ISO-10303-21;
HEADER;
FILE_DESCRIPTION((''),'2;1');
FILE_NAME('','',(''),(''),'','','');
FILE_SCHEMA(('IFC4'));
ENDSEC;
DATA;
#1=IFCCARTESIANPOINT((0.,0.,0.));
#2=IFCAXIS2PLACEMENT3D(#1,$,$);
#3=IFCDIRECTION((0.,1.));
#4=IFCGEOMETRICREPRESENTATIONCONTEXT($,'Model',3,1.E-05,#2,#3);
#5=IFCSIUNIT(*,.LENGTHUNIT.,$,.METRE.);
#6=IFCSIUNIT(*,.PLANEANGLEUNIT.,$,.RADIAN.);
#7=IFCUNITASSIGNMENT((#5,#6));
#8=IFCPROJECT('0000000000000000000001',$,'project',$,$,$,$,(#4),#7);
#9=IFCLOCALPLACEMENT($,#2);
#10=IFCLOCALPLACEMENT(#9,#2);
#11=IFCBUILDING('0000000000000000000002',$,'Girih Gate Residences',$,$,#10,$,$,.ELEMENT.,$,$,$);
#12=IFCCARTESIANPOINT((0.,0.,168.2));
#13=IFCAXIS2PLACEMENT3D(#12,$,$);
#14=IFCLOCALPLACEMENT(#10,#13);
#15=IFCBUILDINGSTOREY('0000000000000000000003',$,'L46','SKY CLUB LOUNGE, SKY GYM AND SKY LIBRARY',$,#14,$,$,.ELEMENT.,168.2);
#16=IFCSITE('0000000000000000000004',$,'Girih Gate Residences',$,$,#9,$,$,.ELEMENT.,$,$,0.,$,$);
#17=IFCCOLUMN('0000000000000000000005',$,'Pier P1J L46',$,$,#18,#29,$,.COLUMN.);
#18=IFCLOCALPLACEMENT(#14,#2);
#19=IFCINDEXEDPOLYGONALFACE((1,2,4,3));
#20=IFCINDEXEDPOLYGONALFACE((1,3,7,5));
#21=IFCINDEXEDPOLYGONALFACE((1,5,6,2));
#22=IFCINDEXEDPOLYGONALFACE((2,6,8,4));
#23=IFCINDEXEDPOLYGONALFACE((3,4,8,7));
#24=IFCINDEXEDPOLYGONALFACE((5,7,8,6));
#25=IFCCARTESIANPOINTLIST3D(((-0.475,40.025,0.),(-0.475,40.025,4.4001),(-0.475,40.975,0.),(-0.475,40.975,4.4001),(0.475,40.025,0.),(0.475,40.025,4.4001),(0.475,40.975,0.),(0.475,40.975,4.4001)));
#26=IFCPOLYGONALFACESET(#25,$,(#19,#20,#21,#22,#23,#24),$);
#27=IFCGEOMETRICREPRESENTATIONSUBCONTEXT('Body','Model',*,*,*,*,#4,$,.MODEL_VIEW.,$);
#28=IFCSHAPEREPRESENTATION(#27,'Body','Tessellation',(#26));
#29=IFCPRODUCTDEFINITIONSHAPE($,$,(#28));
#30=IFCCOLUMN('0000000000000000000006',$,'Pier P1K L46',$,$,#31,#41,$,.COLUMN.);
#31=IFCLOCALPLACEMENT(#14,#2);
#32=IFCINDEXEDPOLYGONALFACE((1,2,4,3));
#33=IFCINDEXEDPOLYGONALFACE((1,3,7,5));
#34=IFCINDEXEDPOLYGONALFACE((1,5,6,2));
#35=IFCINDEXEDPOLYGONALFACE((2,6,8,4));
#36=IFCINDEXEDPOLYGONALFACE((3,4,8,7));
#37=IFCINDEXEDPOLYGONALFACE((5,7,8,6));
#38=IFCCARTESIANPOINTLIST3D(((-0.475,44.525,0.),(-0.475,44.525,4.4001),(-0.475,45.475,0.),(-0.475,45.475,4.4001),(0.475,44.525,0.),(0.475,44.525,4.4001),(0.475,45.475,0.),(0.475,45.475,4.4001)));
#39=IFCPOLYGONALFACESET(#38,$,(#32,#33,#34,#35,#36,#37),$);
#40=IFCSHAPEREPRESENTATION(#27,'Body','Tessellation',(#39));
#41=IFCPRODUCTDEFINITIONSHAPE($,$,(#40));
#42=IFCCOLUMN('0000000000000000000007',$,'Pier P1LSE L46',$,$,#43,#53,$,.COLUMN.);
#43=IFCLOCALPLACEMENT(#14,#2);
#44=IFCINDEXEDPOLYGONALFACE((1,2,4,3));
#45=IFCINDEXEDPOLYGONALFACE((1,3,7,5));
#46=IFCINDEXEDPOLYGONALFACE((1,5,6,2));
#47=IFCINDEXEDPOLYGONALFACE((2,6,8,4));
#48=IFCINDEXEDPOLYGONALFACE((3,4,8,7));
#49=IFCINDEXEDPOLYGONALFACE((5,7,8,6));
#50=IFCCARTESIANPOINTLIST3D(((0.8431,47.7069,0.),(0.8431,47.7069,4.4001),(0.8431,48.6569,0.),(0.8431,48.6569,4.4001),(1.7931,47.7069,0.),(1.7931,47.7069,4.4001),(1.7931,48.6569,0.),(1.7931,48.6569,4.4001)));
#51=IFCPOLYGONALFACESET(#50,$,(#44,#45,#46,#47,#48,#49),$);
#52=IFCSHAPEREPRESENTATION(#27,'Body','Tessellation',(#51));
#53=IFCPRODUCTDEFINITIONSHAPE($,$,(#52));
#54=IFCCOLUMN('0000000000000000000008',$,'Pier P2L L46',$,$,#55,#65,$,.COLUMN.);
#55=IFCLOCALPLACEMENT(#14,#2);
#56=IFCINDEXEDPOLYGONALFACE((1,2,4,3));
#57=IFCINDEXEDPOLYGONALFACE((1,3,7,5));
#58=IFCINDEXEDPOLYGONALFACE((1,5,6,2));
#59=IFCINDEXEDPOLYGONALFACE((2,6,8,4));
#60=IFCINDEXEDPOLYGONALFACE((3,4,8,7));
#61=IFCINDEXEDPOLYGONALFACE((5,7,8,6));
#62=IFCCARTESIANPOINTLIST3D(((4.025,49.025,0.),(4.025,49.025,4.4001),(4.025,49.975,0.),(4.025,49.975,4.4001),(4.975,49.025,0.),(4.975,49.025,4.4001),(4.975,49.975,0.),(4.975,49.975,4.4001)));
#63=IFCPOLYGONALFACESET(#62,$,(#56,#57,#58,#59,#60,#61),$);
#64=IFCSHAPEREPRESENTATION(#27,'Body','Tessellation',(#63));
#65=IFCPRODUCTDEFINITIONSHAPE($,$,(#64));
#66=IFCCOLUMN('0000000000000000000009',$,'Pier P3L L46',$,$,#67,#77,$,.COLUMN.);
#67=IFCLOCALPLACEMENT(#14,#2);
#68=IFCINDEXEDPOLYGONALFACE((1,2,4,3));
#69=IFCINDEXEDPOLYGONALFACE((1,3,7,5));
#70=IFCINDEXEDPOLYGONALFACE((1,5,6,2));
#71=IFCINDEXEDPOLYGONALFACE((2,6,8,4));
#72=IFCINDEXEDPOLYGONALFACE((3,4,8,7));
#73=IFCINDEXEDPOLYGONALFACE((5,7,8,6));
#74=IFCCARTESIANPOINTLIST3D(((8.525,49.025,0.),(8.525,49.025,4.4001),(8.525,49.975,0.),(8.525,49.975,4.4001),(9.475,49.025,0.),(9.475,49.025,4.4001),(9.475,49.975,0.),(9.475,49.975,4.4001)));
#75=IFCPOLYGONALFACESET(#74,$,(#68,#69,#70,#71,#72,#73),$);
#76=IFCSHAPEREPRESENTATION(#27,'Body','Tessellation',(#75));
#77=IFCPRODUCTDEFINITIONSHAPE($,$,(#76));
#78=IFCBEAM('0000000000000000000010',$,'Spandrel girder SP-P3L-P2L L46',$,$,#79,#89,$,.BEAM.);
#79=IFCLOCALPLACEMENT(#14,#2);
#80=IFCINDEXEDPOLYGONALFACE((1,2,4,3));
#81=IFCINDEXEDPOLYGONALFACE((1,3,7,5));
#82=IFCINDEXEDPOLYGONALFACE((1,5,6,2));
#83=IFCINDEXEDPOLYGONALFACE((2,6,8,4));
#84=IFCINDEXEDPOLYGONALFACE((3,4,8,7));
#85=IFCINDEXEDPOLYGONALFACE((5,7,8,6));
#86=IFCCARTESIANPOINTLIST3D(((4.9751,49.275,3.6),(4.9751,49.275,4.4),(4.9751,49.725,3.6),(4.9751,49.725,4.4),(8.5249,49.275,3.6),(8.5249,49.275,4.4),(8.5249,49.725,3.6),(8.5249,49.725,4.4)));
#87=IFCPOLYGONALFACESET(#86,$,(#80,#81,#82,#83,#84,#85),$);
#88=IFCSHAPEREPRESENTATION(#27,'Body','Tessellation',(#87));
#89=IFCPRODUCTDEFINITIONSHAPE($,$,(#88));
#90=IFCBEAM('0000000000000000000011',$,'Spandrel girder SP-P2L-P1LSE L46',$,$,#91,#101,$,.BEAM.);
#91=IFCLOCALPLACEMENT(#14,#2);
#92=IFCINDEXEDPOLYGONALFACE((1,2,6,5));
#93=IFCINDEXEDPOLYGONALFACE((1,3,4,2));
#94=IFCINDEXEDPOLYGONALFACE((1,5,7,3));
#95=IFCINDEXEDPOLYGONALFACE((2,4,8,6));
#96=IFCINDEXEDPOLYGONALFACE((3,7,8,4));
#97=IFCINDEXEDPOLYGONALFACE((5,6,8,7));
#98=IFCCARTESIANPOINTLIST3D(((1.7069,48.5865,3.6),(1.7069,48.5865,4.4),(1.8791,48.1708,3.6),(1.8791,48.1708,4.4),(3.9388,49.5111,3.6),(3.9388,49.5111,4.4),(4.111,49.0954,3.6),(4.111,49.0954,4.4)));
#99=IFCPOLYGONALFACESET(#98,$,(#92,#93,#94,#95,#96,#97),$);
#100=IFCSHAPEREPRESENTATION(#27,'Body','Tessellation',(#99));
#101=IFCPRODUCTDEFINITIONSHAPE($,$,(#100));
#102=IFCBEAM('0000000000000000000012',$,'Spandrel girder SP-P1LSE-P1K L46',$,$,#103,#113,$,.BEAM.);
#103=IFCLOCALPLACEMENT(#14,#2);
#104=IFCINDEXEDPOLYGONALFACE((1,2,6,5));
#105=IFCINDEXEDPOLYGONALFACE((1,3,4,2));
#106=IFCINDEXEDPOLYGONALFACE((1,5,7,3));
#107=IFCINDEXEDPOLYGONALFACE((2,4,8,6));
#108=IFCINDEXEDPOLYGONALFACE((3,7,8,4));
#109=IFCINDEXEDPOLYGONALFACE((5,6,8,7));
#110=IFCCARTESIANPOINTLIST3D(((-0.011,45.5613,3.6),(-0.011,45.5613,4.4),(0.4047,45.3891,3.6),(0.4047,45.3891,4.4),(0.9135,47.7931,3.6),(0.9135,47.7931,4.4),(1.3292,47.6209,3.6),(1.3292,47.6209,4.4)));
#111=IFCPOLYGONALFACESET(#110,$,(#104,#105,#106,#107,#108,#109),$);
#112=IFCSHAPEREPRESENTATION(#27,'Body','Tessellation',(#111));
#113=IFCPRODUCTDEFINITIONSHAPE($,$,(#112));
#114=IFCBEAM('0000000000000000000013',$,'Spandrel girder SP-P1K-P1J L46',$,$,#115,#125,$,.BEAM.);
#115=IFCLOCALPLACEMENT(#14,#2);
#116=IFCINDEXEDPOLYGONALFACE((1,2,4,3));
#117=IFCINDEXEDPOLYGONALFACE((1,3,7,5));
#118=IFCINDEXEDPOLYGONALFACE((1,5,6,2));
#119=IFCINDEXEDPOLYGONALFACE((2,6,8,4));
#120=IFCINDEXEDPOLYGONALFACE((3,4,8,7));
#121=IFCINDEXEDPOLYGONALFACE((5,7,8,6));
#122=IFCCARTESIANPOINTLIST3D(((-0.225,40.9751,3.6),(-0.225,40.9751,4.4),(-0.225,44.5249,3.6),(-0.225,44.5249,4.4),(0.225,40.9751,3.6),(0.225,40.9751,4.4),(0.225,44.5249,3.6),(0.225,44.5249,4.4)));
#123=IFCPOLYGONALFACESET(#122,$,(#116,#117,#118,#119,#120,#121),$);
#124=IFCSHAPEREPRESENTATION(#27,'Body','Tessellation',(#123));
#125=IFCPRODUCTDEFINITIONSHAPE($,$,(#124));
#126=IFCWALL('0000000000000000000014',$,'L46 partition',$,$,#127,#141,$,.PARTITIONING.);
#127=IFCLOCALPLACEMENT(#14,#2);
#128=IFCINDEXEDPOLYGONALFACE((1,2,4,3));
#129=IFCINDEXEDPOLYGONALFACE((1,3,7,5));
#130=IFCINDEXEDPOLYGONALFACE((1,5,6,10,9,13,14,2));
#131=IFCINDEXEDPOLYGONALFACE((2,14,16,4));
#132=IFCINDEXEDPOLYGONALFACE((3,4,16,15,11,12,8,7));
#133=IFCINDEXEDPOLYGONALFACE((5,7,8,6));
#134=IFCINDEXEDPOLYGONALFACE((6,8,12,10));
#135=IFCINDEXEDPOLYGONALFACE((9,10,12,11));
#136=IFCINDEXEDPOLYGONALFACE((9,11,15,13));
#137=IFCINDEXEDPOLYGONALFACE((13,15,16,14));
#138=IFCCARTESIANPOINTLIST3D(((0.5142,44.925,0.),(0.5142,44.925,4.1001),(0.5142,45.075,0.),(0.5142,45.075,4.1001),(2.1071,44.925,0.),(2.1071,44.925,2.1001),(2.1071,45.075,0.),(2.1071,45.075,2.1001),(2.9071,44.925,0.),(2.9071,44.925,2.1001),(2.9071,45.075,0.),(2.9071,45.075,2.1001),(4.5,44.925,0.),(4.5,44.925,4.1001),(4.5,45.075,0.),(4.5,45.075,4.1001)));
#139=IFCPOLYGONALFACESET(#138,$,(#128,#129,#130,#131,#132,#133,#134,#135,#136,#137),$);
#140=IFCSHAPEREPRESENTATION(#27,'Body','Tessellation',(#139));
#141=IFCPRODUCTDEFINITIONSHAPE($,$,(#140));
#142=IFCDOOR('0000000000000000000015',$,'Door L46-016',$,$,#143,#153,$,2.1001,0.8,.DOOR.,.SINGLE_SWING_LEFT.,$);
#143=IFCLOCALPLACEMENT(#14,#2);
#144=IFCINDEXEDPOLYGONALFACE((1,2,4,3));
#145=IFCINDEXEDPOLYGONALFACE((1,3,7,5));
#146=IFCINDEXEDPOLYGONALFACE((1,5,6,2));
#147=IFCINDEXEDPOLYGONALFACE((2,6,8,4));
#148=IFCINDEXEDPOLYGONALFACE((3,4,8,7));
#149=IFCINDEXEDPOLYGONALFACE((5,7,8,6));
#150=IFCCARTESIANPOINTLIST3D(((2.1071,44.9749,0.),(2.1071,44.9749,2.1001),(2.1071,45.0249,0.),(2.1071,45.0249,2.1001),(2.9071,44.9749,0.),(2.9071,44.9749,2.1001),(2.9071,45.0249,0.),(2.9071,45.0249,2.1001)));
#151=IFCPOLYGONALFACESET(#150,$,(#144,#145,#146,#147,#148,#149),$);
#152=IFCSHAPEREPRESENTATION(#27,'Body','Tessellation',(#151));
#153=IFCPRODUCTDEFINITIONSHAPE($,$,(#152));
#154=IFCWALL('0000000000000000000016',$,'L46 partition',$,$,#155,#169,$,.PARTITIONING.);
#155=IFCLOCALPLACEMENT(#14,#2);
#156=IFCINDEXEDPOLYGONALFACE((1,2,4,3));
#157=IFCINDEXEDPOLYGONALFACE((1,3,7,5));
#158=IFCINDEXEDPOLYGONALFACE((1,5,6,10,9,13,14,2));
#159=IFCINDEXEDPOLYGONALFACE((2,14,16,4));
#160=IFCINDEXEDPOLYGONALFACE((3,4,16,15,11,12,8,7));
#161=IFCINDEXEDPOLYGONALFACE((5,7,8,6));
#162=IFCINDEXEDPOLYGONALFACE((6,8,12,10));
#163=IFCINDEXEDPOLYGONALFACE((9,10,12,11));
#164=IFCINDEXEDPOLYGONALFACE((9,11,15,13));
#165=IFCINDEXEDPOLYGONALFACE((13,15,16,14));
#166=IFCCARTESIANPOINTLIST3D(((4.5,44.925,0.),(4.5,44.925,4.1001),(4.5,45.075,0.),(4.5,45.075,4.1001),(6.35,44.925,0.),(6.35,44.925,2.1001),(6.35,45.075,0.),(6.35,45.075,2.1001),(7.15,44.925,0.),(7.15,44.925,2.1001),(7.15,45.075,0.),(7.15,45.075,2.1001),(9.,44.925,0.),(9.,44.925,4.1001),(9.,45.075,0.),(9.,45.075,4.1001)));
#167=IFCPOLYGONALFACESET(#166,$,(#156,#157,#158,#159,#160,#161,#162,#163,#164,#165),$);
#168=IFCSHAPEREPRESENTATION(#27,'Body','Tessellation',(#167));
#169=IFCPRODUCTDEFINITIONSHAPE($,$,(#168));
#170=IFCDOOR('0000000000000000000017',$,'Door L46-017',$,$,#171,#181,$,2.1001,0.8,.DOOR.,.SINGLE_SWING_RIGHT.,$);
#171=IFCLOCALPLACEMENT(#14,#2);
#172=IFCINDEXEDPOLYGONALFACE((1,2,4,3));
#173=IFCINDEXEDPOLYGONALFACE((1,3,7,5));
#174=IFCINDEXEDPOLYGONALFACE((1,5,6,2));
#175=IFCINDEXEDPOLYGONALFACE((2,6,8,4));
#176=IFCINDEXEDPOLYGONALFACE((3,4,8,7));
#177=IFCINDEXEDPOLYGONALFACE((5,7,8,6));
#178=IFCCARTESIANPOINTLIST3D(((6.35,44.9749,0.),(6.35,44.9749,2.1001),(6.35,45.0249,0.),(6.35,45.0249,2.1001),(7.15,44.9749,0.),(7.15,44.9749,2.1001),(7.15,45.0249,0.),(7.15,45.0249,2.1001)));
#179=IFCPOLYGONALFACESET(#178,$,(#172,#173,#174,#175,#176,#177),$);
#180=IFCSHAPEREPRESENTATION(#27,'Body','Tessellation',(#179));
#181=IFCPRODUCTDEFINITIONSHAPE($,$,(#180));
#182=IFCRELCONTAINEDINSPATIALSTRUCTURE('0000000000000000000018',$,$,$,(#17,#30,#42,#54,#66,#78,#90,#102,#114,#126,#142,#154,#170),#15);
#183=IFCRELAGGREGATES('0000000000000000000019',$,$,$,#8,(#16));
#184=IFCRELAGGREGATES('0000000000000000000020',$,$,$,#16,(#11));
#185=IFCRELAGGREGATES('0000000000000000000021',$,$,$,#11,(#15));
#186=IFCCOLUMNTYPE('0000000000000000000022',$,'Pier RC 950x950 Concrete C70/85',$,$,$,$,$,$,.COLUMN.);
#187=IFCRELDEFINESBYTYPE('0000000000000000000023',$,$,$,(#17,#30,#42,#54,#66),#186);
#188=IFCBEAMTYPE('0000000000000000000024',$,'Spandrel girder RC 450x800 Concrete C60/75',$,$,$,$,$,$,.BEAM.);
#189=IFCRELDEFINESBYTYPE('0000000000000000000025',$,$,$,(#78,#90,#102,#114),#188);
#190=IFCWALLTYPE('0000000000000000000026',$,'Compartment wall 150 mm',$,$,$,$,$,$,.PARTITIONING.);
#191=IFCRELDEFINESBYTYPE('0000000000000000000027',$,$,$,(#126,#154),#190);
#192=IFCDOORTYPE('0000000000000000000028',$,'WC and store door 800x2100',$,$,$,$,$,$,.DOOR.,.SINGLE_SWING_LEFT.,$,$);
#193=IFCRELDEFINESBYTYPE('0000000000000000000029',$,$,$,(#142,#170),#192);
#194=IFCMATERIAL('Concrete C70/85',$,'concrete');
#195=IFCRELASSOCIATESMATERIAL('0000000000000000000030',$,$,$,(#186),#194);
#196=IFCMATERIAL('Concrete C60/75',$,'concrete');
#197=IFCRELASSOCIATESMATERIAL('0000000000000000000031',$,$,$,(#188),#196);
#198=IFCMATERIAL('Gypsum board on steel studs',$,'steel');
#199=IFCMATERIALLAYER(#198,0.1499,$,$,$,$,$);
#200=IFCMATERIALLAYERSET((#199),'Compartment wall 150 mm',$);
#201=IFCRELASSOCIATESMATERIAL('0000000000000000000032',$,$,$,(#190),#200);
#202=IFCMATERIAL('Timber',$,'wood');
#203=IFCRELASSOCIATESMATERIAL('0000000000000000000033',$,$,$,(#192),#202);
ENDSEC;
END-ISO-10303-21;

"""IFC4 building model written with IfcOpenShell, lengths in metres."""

from ifc_helpers import new_model, si_unit, direction, frame, frame_2d, origin, origin_2d, place, context, subcontext, project, spatial, rectangle, extrude, material, layer, layer_set, material_profile, profile_set, type_object, element, fill, save


model = new_model("IFC4")

# Units and contexts
model_context = context("Model", 3, precision=1e-05, world=origin(), true_north=direction((0.0, 1.0)))
body_context = subcontext(model_context, "Body", "Model", "MODEL_VIEW")
ifc_project = project(units=[si_unit("LENGTHUNIT", "METRE"), si_unit("PLANEANGLEUNIT", "RADIAN")], contexts=[model_context])

# Site, building, storey
site_placement = place(None, origin())
site = spatial("IfcSite", under=ifc_project, at=site_placement, Name="Girih Gate Residences", CompositionType="ELEMENT", RefElevation=0.0)
building_placement = place(site_placement, origin())
building = spatial("IfcBuilding", under=site, at=building_placement, Name="Girih Gate Residences", CompositionType="ELEMENT")
storey_placement = place(building_placement, frame((0.0, 0.0, 168.2)))
storey = spatial("IfcBuildingStorey", under=building, at=storey_placement, Name="L46", Description="SKY CLUB LOUNGE, SKY GYM AND SKY LIBRARY", CompositionType="ELEMENT", Elevation=168.2)

# Columns
ifc_material_1 = material(Name="Concrete C70/85", Category="concrete")
ifc_material_profile_1 = material_profile(ifc_material_1, rectangle(XDim=0.95, YDim=0.95, at=origin_2d()))
ifc_profile_set_1 = profile_set([ifc_material_profile_1], Name="Concrete C70/85")
column_type = type_object("IfcColumnType", Name="Pier RC 950x950 Concrete C70/85", PredefinedType="COLUMN", material=ifc_profile_set_1)
for number, where, z_axis, x_axis, name in (
    (1, (0.0, 40.5, 0.0), (0.0, 0.0, 1.0), (1.0, 0.0, 0.0), "Pier P1J L46"),
    (2, (0.0, 45.0, 0.0), (0.0, 0.0, 1.0), (1.0, 0.0, 0.0), "Pier P1K L46"),
    (3, (1.3181, 48.1819, 0.0), (0.0, 0.0, 1.0), (1.0, 0.0, 0.0), "Pier P1LSE L46"),
    (4, (4.5, 49.5, 0.0), (0.0, 0.0, 1.0), (1.0, 0.0, 0.0), "Pier P2L L46"),
    (5, (9.0, 49.5, 0.0), (0.0, 0.0, 1.0), (1.0, 0.0, 0.0), "Pier P3L L46"),
):
    element("IfcColumn", number, at=place(storey_placement, frame(where, z_axis=z_axis, x_axis=x_axis)), inside=storey, type_object=column_type, Name=name, PredefinedType="COLUMN", context=body_context, shape_type="SweptSolid", body=[
        extrude(rectangle(XDim=0.95, YDim=0.95, at=origin_2d()), origin(), (0.0, 0.0, 1.0), 4.4001),
    ])

# Beams
ifc_material_2 = material(Name="Concrete C60/75", Category="concrete")
ifc_material_profile_2 = material_profile(ifc_material_2, rectangle(XDim=0.45, YDim=0.8, at=origin_2d()))
ifc_profile_set_2 = profile_set([ifc_material_profile_2], Name="Concrete C60/75")
beam_type = type_object("IfcBeamType", Name="Spandrel girder RC 450x800 Concrete C60/75", PredefinedType="BEAM", material=ifc_profile_set_2)
beam_1_placement = place(storey_placement, frame((8.5249, 49.5, 4.0), z_axis=(-1.0, 0.0, 0.0), x_axis=(0.0, -1.0, 0.0)))
element("IfcBeam", 6, at=beam_1_placement, inside=storey, type_object=beam_type, Name="Spandrel girder SP-P3L-P2L L46", PredefinedType="BEAM", context=body_context, shape_type="SweptSolid", body=[
    extrude(rectangle(XDim=0.45, YDim=0.8, at=origin_2d()), origin(), (0.0, 0.0, 1.0), 3.5498),
])
for number, where, z_axis, x_axis, name in (
    (7, (4.0249, 49.3032, 4.0), (-0.92387, -0.382706, 0.0), (0.382706, -0.92387, 0.0), "Spandrel girder SP-P2L-P1LSE L46"),
    (8, (1.1213, 47.707, 4.0), (-0.382706, -0.92387, 0.0), (0.92387, -0.382706, 0.0), "Spandrel girder SP-P1LSE-P1K L46"),
):
    element("IfcBeam", number, at=place(storey_placement, frame(where, z_axis=z_axis, x_axis=x_axis)), inside=storey, type_object=beam_type, Name=name, PredefinedType="BEAM", context=body_context, shape_type="SweptSolid", body=[
        extrude(rectangle(XDim=0.45, YDim=0.8, at=origin_2d()), origin(), (0.0, 0.0, 1.0), 2.4158),
    ])
beam_2_placement = place(storey_placement, frame((0.0, 44.5249, 4.0), z_axis=(0.0, -1.0, 0.0), x_axis=(1.0, 0.0, 0.0)))
element("IfcBeam", 9, at=beam_2_placement, inside=storey, type_object=beam_type, Name="Spandrel girder SP-P1K-P1J L46", PredefinedType="BEAM", context=body_context, shape_type="SweptSolid", body=[
    extrude(rectangle(XDim=0.45, YDim=0.8, at=origin_2d()), origin(), (0.0, 0.0, 1.0), 3.5498),
])

# Walls, openings, doors
ifc_material_3 = material(Name="Gypsum board on steel studs", Category="steel")
ifc_layer_1 = layer(ifc_material_3, 0.1499)
ifc_layer_set_1 = layer_set([ifc_layer_1], Name="Compartment wall 150 mm")
wall_type_1 = type_object("IfcWallType", Name="Compartment wall 150 mm", PredefinedType="PARTITIONING", material=ifc_layer_set_1)
wall_1_placement = place(storey_placement, frame((0.5142, 45.0, 0.0), z_axis=(0.0, 0.0, 1.0), x_axis=(1.0, 0.0, 0.0)))
wall_1 = element("IfcWall", 10, at=wall_1_placement, inside=storey, type_object=wall_type_1, Name="L46 partition", PredefinedType="PARTITIONING", context=body_context, shape_type="SweptSolid", body=[
    extrude(rectangle(XDim=3.9858, YDim=0.1499, at=frame_2d((1.9929, 0.0))), origin(), (0.0, 0.0, 1.0), 4.1001),
])
opening_1_placement = place(wall_1_placement, frame((1.593, 0.0, 0.0)))
opening_1 = element("IfcOpeningElement", 11, at=opening_1_placement, cuts=wall_1, PredefinedType="OPENING", context=body_context, shape_type="SweptSolid", body=[
    extrude(rectangle(XDim=0.8, YDim=2.1001, at=frame_2d((0.3999, 1.05))), frame((0.0, 0.085, 0.0), z_axis=(0.0, -1.0, 0.0), x_axis=(1.0, 0.0, 0.0)), (0.0, 0.0, 1.0), 0.1699),
])
ifc_material_4 = material(Name="Timber", Category="wood")
door_type = type_object("IfcDoorType", Name="WC and store door 800x2100", OperationType="SINGLE_SWING_LEFT", PredefinedType="DOOR", material=ifc_material_4)
door_1_placement = place(opening_1_placement, origin())
door_1 = element("IfcDoor", 12, at=door_1_placement, inside=storey, type_object=door_type, Name="Door L46-016", OperationType="SINGLE_SWING_LEFT", OverallHeight=2.1001, OverallWidth=0.8, PredefinedType="DOOR", context=body_context, shape_type="SweptSolid", body=[
    extrude(rectangle(XDim=0.8, YDim=2.1001, at=frame_2d((0.3999, 1.05))), frame((0.0, 0.0249, 0.0), z_axis=(0.0, -1.0, 0.0), x_axis=(1.0, 0.0, 0.0)), (0.0, 0.0, 1.0), 0.05),
])
fill(opening_1, door_1)
wall_2_placement = place(storey_placement, frame((4.5, 45.0, 0.0), z_axis=(0.0, 0.0, 1.0), x_axis=(1.0, 0.0, 0.0)))
wall_2 = element("IfcWall", 13, at=wall_2_placement, inside=storey, type_object=wall_type_1, Name="L46 partition", PredefinedType="PARTITIONING", context=body_context, shape_type="SweptSolid", body=[
    extrude(rectangle(XDim=4.5, YDim=0.1499, at=frame_2d((2.25, 0.0))), origin(), (0.0, 0.0, 1.0), 4.1001),
])
opening_2_placement = place(wall_2_placement, frame((1.8501, 0.0, 0.0)))
opening_2 = element("IfcOpeningElement", 14, at=opening_2_placement, cuts=wall_2, PredefinedType="OPENING", context=body_context, shape_type="SweptSolid", body=[
    extrude(rectangle(XDim=0.8, YDim=2.1001, at=frame_2d((0.3999, 1.05))), frame((0.0, 0.085, 0.0), z_axis=(0.0, -1.0, 0.0), x_axis=(1.0, 0.0, 0.0)), (0.0, 0.0, 1.0), 0.1699),
])
door_2_placement = place(opening_2_placement, origin())
door_2 = element("IfcDoor", 15, at=door_2_placement, inside=storey, type_object=door_type, Name="Door L46-017", OperationType="SINGLE_SWING_RIGHT", OverallHeight=2.1001, OverallWidth=0.8, PredefinedType="DOOR", context=body_context, shape_type="SweptSolid", body=[
    extrude(rectangle(XDim=0.8, YDim=2.1001, at=frame_2d((0.3999, 1.05))), frame((0.0, 0.0249, 0.0), z_axis=(0.0, -1.0, 0.0), x_axis=(1.0, 0.0, 0.0)), (0.0, 0.0, 1.0), 0.05),
])
fill(opening_2, door_2)

save(model, "model.ifc")
